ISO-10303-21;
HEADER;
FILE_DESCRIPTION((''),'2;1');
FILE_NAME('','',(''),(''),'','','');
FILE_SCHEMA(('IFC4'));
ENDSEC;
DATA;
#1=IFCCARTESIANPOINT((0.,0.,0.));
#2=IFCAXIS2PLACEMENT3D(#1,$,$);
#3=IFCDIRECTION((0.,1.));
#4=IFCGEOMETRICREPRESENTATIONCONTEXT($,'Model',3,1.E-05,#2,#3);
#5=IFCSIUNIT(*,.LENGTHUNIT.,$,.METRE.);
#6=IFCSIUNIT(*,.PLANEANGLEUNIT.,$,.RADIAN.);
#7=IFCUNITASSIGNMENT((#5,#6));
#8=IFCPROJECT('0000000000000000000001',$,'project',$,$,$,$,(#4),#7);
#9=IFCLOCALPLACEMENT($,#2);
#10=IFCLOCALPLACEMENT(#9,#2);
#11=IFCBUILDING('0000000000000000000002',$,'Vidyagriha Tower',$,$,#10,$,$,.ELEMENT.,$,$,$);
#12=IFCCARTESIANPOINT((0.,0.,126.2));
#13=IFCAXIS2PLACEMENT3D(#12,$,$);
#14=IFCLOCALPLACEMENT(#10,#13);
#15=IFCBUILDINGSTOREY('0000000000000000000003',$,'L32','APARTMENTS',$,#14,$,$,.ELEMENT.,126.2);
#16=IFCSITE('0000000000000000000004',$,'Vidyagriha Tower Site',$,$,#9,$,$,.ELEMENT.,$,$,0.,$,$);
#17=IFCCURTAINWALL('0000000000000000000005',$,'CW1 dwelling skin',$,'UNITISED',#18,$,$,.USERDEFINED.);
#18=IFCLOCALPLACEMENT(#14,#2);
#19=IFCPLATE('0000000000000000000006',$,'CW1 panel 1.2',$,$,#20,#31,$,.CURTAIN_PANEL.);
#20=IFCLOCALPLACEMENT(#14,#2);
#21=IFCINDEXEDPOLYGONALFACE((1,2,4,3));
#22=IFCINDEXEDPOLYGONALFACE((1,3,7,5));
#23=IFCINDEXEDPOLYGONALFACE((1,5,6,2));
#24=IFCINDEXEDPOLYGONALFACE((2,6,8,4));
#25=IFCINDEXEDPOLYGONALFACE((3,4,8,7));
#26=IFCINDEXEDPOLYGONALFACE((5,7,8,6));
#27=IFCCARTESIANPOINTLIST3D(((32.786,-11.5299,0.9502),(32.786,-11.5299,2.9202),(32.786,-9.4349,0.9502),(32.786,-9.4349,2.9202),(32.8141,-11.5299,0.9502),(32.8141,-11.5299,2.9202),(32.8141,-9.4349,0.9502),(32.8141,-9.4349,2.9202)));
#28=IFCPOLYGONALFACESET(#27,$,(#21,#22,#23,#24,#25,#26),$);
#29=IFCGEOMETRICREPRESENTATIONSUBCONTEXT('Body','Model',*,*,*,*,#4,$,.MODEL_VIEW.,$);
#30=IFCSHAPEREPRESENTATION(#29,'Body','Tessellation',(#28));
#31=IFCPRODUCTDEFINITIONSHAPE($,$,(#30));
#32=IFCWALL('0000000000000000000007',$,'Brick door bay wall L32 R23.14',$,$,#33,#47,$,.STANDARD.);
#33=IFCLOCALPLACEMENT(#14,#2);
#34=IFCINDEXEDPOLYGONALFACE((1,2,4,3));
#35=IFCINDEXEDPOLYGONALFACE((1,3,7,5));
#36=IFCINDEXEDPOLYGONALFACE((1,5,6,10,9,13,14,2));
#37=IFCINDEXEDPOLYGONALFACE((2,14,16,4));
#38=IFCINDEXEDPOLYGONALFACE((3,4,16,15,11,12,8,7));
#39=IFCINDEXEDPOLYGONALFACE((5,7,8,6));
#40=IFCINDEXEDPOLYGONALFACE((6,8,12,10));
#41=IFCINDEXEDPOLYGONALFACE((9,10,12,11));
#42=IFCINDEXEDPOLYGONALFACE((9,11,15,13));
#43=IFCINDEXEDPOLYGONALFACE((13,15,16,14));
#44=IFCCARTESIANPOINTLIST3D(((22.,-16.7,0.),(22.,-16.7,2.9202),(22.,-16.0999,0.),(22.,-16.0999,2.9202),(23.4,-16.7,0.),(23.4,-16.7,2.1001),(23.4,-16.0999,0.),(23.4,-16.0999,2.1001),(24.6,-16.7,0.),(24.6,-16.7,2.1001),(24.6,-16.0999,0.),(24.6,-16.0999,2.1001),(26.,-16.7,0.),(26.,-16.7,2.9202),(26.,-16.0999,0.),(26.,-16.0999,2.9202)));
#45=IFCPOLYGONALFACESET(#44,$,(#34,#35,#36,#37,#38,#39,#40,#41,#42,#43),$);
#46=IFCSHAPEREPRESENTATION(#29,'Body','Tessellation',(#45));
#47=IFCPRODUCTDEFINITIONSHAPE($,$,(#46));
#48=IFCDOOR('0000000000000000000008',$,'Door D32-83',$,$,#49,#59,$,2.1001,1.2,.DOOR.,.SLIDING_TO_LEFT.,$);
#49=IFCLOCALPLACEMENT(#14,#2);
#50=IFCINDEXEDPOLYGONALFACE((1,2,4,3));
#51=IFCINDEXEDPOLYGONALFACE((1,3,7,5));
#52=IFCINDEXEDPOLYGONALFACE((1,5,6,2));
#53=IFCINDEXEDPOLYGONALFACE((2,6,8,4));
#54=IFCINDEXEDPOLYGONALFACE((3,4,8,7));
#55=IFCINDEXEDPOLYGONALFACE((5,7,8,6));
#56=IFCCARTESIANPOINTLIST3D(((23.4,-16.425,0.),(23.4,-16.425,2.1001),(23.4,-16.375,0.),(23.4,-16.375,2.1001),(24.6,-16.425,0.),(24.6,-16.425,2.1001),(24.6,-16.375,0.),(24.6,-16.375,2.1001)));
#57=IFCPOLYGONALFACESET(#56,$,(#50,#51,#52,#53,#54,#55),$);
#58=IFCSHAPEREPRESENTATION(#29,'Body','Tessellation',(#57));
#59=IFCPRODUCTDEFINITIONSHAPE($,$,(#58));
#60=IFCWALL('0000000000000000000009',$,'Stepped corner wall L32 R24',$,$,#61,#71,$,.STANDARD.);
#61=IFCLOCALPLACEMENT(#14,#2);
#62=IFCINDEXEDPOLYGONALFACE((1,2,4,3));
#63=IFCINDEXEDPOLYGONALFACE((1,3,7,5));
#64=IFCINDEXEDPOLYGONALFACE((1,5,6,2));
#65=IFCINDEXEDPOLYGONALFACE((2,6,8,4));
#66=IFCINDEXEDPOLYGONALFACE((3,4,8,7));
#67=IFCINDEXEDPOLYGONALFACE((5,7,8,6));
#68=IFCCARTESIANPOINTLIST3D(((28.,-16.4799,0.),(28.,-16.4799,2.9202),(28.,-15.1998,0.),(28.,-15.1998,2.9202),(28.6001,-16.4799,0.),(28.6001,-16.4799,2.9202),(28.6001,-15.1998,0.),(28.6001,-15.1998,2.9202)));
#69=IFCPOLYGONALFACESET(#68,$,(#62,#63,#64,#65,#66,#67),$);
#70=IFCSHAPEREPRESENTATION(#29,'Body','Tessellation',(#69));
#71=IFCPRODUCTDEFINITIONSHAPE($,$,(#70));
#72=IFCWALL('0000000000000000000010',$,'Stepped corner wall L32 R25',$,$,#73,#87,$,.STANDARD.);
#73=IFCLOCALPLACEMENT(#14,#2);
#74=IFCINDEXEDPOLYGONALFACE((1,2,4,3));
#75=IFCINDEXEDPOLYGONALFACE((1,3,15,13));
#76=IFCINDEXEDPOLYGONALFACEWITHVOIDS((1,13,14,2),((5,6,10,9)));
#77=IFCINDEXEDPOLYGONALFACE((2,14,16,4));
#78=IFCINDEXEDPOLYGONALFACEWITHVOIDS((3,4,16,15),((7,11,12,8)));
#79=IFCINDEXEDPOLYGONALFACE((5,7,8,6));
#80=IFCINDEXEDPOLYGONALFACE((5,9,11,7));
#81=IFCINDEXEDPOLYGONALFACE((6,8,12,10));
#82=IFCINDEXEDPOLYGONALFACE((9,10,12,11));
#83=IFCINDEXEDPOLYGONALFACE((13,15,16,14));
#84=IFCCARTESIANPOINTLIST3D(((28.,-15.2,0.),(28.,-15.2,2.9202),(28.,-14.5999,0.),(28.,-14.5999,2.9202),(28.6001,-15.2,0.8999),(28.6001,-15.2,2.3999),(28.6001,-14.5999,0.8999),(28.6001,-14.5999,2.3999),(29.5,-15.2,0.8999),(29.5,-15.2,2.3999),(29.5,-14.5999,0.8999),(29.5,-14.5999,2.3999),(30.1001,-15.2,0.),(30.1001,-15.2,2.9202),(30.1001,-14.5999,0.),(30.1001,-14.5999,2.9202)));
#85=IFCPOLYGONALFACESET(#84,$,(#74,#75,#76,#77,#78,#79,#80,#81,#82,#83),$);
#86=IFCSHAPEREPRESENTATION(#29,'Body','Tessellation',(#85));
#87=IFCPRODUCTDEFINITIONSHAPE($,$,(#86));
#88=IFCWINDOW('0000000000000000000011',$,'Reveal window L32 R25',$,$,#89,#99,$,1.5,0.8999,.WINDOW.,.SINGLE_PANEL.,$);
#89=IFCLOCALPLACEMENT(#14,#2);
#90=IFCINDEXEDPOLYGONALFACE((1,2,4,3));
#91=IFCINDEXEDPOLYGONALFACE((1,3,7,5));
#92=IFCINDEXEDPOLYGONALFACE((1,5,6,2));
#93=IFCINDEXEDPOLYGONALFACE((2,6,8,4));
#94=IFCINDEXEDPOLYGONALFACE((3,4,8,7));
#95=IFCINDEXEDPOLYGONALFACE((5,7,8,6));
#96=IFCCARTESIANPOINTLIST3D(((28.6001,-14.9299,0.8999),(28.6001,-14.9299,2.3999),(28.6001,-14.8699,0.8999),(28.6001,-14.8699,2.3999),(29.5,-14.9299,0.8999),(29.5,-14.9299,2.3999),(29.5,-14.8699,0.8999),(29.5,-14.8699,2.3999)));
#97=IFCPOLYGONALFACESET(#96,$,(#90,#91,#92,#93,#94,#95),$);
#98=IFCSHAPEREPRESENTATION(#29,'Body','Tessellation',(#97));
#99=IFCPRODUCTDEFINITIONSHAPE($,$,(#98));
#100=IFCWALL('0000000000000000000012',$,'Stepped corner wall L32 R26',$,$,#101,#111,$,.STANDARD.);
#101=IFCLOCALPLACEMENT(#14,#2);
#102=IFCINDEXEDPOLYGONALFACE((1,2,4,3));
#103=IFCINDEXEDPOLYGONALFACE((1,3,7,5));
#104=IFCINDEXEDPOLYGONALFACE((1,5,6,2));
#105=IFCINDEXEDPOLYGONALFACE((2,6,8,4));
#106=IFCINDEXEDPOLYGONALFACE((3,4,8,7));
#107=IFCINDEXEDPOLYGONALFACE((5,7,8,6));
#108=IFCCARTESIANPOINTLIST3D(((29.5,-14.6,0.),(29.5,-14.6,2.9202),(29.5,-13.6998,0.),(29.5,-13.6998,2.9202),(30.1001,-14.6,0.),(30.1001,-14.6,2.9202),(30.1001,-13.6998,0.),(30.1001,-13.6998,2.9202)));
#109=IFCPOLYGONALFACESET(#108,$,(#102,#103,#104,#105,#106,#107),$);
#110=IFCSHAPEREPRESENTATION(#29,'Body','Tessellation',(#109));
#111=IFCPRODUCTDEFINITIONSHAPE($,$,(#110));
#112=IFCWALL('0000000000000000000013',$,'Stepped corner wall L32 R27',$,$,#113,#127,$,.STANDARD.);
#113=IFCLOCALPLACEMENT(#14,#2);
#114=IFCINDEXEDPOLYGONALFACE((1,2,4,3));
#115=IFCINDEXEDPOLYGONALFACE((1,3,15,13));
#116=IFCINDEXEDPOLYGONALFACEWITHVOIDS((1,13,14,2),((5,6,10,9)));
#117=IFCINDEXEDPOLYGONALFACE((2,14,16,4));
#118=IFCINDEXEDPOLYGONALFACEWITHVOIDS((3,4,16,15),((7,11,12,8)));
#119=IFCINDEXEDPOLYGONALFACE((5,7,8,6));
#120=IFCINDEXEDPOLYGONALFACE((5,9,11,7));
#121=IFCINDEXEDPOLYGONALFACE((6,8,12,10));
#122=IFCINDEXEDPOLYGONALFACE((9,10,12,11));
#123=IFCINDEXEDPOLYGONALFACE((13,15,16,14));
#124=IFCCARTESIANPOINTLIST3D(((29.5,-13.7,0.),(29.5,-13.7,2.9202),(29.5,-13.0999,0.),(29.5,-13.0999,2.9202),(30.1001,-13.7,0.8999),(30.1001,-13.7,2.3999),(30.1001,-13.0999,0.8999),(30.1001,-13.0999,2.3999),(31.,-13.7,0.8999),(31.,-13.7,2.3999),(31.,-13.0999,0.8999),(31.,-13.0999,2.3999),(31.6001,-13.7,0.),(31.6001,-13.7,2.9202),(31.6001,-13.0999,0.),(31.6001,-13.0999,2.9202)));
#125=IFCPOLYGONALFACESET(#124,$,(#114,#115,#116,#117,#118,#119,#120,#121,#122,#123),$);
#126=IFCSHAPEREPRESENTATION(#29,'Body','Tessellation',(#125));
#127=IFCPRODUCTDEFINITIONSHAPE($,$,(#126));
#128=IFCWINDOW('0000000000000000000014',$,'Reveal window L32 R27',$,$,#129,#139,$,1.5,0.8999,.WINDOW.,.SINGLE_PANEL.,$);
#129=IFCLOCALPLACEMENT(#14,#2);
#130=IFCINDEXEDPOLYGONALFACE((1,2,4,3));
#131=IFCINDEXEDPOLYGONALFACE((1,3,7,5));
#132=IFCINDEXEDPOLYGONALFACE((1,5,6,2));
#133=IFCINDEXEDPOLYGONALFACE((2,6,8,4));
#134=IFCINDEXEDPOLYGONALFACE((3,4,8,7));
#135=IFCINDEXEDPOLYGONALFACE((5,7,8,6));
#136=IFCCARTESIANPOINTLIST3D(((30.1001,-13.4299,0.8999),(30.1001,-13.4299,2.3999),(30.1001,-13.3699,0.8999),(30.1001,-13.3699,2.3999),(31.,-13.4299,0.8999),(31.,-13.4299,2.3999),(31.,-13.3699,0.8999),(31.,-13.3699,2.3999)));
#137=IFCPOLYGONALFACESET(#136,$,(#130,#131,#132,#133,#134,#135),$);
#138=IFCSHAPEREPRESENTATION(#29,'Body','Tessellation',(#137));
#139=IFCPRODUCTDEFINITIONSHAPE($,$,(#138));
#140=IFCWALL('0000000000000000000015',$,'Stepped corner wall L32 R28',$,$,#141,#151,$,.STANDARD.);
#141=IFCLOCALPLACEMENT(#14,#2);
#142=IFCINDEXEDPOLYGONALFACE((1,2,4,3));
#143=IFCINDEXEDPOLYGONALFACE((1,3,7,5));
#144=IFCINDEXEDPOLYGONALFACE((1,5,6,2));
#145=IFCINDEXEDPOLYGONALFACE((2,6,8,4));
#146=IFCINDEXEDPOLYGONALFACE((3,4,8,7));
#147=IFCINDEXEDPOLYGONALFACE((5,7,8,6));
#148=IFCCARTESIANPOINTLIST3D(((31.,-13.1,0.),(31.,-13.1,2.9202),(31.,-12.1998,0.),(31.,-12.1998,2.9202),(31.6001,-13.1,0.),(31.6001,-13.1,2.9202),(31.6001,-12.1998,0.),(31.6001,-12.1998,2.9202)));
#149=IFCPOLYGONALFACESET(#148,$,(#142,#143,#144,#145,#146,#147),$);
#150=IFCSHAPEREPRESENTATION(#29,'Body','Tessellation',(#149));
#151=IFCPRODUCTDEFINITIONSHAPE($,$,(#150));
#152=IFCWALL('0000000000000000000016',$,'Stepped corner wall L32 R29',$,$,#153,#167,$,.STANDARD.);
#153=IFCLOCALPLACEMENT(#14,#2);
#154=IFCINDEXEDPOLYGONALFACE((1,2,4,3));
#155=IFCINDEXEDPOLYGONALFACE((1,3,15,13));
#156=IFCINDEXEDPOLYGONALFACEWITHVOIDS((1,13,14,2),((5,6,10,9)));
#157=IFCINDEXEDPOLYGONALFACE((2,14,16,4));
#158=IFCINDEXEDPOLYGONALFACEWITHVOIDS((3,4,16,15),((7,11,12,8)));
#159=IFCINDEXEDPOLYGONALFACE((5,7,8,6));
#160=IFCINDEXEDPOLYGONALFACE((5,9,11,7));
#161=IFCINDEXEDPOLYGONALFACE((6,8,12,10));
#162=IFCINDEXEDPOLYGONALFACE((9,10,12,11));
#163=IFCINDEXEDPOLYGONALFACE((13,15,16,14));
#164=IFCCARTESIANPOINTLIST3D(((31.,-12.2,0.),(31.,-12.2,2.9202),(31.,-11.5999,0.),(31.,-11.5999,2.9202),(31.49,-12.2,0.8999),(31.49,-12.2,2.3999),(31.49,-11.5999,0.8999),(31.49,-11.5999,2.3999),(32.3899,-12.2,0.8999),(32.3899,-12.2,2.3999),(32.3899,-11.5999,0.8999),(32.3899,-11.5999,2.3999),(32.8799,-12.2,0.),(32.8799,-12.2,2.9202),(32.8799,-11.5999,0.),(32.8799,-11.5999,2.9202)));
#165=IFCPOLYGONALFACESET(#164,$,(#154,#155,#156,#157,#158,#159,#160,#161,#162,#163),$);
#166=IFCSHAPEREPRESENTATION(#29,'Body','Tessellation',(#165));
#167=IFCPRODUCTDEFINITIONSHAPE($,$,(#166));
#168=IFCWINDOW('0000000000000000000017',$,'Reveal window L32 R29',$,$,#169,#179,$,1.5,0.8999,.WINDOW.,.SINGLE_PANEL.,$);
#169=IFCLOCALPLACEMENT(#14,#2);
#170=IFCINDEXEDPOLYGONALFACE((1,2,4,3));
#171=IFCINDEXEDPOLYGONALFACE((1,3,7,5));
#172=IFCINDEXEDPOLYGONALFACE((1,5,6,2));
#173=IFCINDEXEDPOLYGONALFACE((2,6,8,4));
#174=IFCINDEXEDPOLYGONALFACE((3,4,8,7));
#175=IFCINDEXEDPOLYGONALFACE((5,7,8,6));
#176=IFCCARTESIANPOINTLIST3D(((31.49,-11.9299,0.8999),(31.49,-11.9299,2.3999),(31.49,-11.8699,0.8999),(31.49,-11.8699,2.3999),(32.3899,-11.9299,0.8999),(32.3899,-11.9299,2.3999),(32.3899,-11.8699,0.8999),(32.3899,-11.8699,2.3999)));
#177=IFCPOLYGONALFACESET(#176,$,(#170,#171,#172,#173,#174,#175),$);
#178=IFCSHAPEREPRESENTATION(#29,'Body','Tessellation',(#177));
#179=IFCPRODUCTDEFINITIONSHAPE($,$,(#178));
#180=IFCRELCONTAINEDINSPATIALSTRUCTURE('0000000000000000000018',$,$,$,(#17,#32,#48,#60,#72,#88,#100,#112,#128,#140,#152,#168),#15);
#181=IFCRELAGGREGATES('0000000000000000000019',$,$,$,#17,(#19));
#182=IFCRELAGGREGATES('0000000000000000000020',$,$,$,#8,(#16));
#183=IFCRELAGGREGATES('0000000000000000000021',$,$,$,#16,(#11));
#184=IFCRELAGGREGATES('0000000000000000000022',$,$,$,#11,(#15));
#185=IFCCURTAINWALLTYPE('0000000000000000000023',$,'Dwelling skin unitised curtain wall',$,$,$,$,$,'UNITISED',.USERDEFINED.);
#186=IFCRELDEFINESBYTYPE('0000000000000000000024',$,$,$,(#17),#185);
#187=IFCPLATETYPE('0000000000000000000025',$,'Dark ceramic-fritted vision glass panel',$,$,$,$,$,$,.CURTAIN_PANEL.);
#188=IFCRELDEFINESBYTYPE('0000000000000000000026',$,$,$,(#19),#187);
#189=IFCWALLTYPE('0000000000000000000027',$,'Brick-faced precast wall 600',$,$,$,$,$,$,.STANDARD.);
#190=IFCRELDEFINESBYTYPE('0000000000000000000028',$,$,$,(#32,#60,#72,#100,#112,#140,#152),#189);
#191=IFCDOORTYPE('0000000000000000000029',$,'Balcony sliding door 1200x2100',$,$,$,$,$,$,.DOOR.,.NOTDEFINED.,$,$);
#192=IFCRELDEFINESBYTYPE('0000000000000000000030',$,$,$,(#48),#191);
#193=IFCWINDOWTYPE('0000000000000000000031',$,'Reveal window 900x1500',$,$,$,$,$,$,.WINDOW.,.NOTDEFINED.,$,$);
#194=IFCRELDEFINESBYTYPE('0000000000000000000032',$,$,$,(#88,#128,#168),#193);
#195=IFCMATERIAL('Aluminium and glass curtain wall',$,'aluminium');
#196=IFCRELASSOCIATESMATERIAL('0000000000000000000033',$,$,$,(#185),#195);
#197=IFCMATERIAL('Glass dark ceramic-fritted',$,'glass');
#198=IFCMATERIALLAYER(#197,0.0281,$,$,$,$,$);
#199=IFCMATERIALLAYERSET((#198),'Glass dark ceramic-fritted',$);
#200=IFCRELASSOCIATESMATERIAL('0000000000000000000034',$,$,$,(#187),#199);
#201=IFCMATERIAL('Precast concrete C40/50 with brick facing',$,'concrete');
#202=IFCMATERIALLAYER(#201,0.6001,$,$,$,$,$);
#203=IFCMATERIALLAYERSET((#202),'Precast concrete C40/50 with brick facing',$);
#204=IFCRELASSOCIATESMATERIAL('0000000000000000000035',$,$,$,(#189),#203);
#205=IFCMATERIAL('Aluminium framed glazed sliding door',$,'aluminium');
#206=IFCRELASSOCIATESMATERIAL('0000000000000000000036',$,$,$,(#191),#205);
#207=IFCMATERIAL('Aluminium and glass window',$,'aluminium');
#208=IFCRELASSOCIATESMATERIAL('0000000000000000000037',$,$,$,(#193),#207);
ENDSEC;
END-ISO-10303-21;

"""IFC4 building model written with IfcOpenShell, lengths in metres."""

from ifc_helpers import new_model, si_unit, direction, frame, frame_2d, origin, origin_2d, place, context, subcontext, project, spatial, rectangle, extrude, material, layer, layer_set, type_object, element, fill, aggregate, save


model = new_model("IFC4")

# Units and contexts
model_context = context("Model", 3, precision=1e-05, world=origin(), true_north=direction((0.0, 1.0)))
body_context = subcontext(model_context, "Body", "Model", "MODEL_VIEW")
ifc_project = project(units=[si_unit("LENGTHUNIT", "METRE"), si_unit("PLANEANGLEUNIT", "RADIAN")], contexts=[model_context])

# Site, building, storey
site_placement = place(None, origin())
site = spatial("IfcSite", under=ifc_project, at=site_placement, Name="Vidyagriha Tower Site", CompositionType="ELEMENT", RefElevation=0.0)
building_placement = place(site_placement, origin())
building = spatial("IfcBuilding", under=site, at=building_placement, Name="Vidyagriha Tower", CompositionType="ELEMENT")
storey_placement = place(building_placement, frame((0.0, 0.0, 126.2)))
storey = spatial("IfcBuildingStorey", under=building, at=storey_placement, Name="L32", Description="APARTMENTS", CompositionType="ELEMENT", Elevation=126.2)

# Curtain wall
ifc_material_1 = material(Name="Aluminium and glass curtain wall", Category="aluminium")
curtain_wall_type = type_object("IfcCurtainWallType", Name="Dwelling skin unitised curtain wall", ElementType="UNITISED", PredefinedType="USERDEFINED", material=ifc_material_1)
curtain_wall_1_placement = place(storey_placement, origin())
curtain_wall_1 = element("IfcCurtainWall", 1, at=curtain_wall_1_placement, inside=storey, type_object=curtain_wall_type, Name="CW1 dwelling skin", ObjectType="UNITISED", PredefinedType="USERDEFINED")

# Plate
ifc_material_2 = material(Name="Glass dark ceramic-fritted", Category="glass")
ifc_layer_1 = layer(ifc_material_2, 0.0281)
ifc_layer_set_1 = layer_set([ifc_layer_1], Name="Glass dark ceramic-fritted")
plate_type_1 = type_object("IfcPlateType", Name="Dark ceramic-fritted vision glass panel", PredefinedType="CURTAIN_PANEL", material=ifc_layer_set_1)
plate_1_placement = place(storey_placement, frame((32.8, -10.4824, 0.9502), z_axis=(0.0, 0.0, 1.0), x_axis=(0.0, 1.0, 0.0)))
plate_1 = element("IfcPlate", 2, at=plate_1_placement, type_object=plate_type_1, Name="CW1 panel 1.2", PredefinedType="CURTAIN_PANEL", context=body_context, shape_type="SweptSolid", body=[
    extrude(rectangle(XDim=2.095, YDim=0.0281, at=origin_2d()), origin(), (0.0, 0.0, 1.0), 1.97),
])
aggregate(curtain_wall_1, [plate_1])

# Wall, opening, door
ifc_material_3 = material(Name="Precast concrete C40/50 with brick facing", Category="concrete")
ifc_layer_2 = layer(ifc_material_3, 0.6001)
ifc_layer_set_2 = layer_set([ifc_layer_2], Name="Precast concrete C40/50 with brick facing")
wall_type_1 = type_object("IfcWallType", Name="Brick-faced precast wall 600", PredefinedType="STANDARD", material=ifc_layer_set_2)
wall_1_placement = place(storey_placement, frame((22.0, -16.3999, 0.0)))
wall_1 = element("IfcWall", 3, at=wall_1_placement, inside=storey, type_object=wall_type_1, Name="Brick door bay wall L32 R23.14", PredefinedType="STANDARD", context=body_context, shape_type="SweptSolid", body=[
    extrude(rectangle(XDim=4.0, YDim=0.6001, at=frame_2d((2.0, 0.0))), origin(), (0.0, 0.0, 1.0), 2.9202),
])
opening_1_placement = place(wall_1_placement, frame((1.3999, 0.0, 0.0)))
opening_1 = element("IfcOpeningElement", 4, at=opening_1_placement, cuts=wall_1, PredefinedType="OPENING", context=body_context, shape_type="SweptSolid", body=[
    extrude(rectangle(XDim=1.2, YDim=2.1001, at=frame_2d((0.6001, 1.05))), frame((0.0, 0.3101, 0.0), z_axis=(0.0, -1.0, 0.0), x_axis=(1.0, 0.0, 0.0)), (0.0, 0.0, 1.0), 0.6201),
])
ifc_material_4 = material(Name="Aluminium framed glazed sliding door", Category="aluminium")
door_type = type_object("IfcDoorType", Name="Balcony sliding door 1200x2100", OperationType="NOTDEFINED", PredefinedType="DOOR", material=ifc_material_4)
door_placement = place(opening_1_placement, origin())
door = element("IfcDoor", 5, at=door_placement, inside=storey, type_object=door_type, Name="Door D32-83", OperationType="SLIDING_TO_LEFT", OverallHeight=2.1001, OverallWidth=1.2, PredefinedType="DOOR", context=body_context, shape_type="SweptSolid", body=[
    extrude(rectangle(XDim=1.2, YDim=2.1001, at=frame_2d((0.6001, 1.05))), frame((0.0, 0.0249, 0.0), z_axis=(0.0, -1.0, 0.0), x_axis=(1.0, 0.0, 0.0)), (0.0, 0.0, 1.0), 0.05),
])
fill(opening_1, door)

# Wall
wall_2_placement = place(storey_placement, frame((28.3, -16.48, 0.0), z_axis=(0.0, 0.0, 1.0), x_axis=(0.0, 1.0, 0.0)))
element("IfcWall", 6, at=wall_2_placement, inside=storey, type_object=wall_type_1, Name="Stepped corner wall L32 R24", PredefinedType="STANDARD", context=body_context, shape_type="SweptSolid", body=[
    extrude(rectangle(XDim=1.28, YDim=0.6001, at=frame_2d((0.6401, 0.0))), origin(), (0.0, 0.0, 1.0), 2.9202),
])

# Wall, opening, window
wall_3_placement = place(storey_placement, frame((28.0, -14.8999, 0.0)))
wall_3 = element("IfcWall", 7, at=wall_3_placement, inside=storey, type_object=wall_type_1, Name="Stepped corner wall L32 R25", PredefinedType="STANDARD", context=body_context, shape_type="SweptSolid", body=[
    extrude(rectangle(XDim=2.1001, YDim=0.6001, at=frame_2d((1.05, 0.0))), origin(), (0.0, 0.0, 1.0), 2.9202),
])
opening_2_placement = place(wall_3_placement, frame((0.6001, 0.0, 0.8999)))
opening_2 = element("IfcOpeningElement", 8, at=opening_2_placement, cuts=wall_3, PredefinedType="OPENING", context=body_context, shape_type="SweptSolid", body=[
    extrude(rectangle(XDim=0.8999, YDim=1.5, at=frame_2d((0.45, 0.75))), frame((0.0, 0.3101, 0.0), z_axis=(0.0, -1.0, 0.0), x_axis=(1.0, 0.0, 0.0)), (0.0, 0.0, 1.0), 0.6201),
])
ifc_material_5 = material(Name="Aluminium and glass window", Category="aluminium")
window_type = type_object("IfcWindowType", Name="Reveal window 900x1500", PartitioningType="NOTDEFINED", PredefinedType="WINDOW", material=ifc_material_5)
window_1_placement = place(opening_2_placement, origin())
window_1 = element("IfcWindow", 9, at=window_1_placement, inside=storey, type_object=window_type, Name="Reveal window L32 R25", OverallHeight=1.5, OverallWidth=0.8999, PartitioningType="SINGLE_PANEL", PredefinedType="WINDOW", context=body_context, shape_type="SweptSolid", body=[
    extrude(rectangle(XDim=0.8999, YDim=1.5, at=frame_2d((0.45, 0.75))), frame((0.0, 0.03, 0.0), z_axis=(0.0, -1.0, 0.0), x_axis=(1.0, 0.0, 0.0)), (0.0, 0.0, 1.0), 0.0601),
])
fill(opening_2, window_1)

# Wall
wall_4_placement = place(storey_placement, frame((29.8, -14.6001, 0.0), z_axis=(0.0, 0.0, 1.0), x_axis=(0.0, 1.0, 0.0)))
element("IfcWall", 10, at=wall_4_placement, inside=storey, type_object=wall_type_1, Name="Stepped corner wall L32 R26", PredefinedType="STANDARD", context=body_context, shape_type="SweptSolid", body=[
    extrude(rectangle(XDim=0.9001, YDim=0.6001, at=frame_2d((0.4502, 0.0))), origin(), (0.0, 0.0, 1.0), 2.9202),
])

# Wall, opening, window
wall_5_placement = place(storey_placement, frame((29.5, -13.3999, 0.0)))
wall_5 = element("IfcWall", 11, at=wall_5_placement, inside=storey, type_object=wall_type_1, Name="Stepped corner wall L32 R27", PredefinedType="STANDARD", context=body_context, shape_type="SweptSolid", body=[
    extrude(rectangle(XDim=2.1001, YDim=0.6001, at=frame_2d((1.05, 0.0))), origin(), (0.0, 0.0, 1.0), 2.9202),
])
opening_3_placement = place(wall_5_placement, frame((0.6001, 0.0, 0.8999)))
opening_3 = element("IfcOpeningElement", 12, at=opening_3_placement, cuts=wall_5, PredefinedType="OPENING", context=body_context, shape_type="SweptSolid", body=[
    extrude(rectangle(XDim=0.8999, YDim=1.5, at=frame_2d((0.45, 0.75))), frame((0.0, 0.3101, 0.0), z_axis=(0.0, -1.0, 0.0), x_axis=(1.0, 0.0, 0.0)), (0.0, 0.0, 1.0), 0.6201),
])
window_2_placement = place(opening_3_placement, origin())
window_2 = element("IfcWindow", 13, at=window_2_placement, inside=storey, type_object=window_type, Name="Reveal window L32 R27", OverallHeight=1.5, OverallWidth=0.8999, PartitioningType="SINGLE_PANEL", PredefinedType="WINDOW", context=body_context, shape_type="SweptSolid", body=[
    extrude(rectangle(XDim=0.8999, YDim=1.5, at=frame_2d((0.45, 0.75))), frame((0.0, 0.03, 0.0), z_axis=(0.0, -1.0, 0.0), x_axis=(1.0, 0.0, 0.0)), (0.0, 0.0, 1.0), 0.0601),
])
fill(opening_3, window_2)

# Wall
wall_6_placement = place(storey_placement, frame((31.3, -13.1001, 0.0), z_axis=(0.0, 0.0, 1.0), x_axis=(0.0, 1.0, 0.0)))
element("IfcWall", 14, at=wall_6_placement, inside=storey, type_object=wall_type_1, Name="Stepped corner wall L32 R28", PredefinedType="STANDARD", context=body_context, shape_type="SweptSolid", body=[
    extrude(rectangle(XDim=0.9001, YDim=0.6001, at=frame_2d((0.4502, 0.0))), origin(), (0.0, 0.0, 1.0), 2.9202),
])

# Wall, opening, window
wall_7_placement = place(storey_placement, frame((31.0, -11.8999, 0.0)))
wall_7 = element("IfcWall", 15, at=wall_7_placement, inside=storey, type_object=wall_type_1, Name="Stepped corner wall L32 R29", PredefinedType="STANDARD", context=body_context, shape_type="SweptSolid", body=[
    extrude(rectangle(XDim=1.8799, YDim=0.6001, at=frame_2d((0.9399, 0.0))), origin(), (0.0, 0.0, 1.0), 2.9202),
])
opening_4_placement = place(wall_7_placement, frame((0.49, 0.0, 0.8999)))
opening_4 = element("IfcOpeningElement", 16, at=opening_4_placement, cuts=wall_7, PredefinedType="OPENING", context=body_context, shape_type="SweptSolid", body=[
    extrude(rectangle(XDim=0.8999, YDim=1.5, at=frame_2d((0.45, 0.75))), frame((0.0, 0.3101, 0.0), z_axis=(0.0, -1.0, 0.0), x_axis=(1.0, 0.0, 0.0)), (0.0, 0.0, 1.0), 0.6201),
])
window_3_placement = place(opening_4_placement, origin())
window_3 = element("IfcWindow", 17, at=window_3_placement, inside=storey, type_object=window_type, Name="Reveal window L32 R29", OverallHeight=1.5, OverallWidth=0.8999, PartitioningType="SINGLE_PANEL", PredefinedType="WINDOW", context=body_context, shape_type="SweptSolid", body=[
    extrude(rectangle(XDim=0.8999, YDim=1.5, at=frame_2d((0.45, 0.75))), frame((0.0, 0.03, 0.0), z_axis=(0.0, -1.0, 0.0), x_axis=(1.0, 0.0, 0.0)), (0.0, 0.0, 1.0), 0.0601),
])
fill(opening_4, window_3)

save(model, "model.ifc")
